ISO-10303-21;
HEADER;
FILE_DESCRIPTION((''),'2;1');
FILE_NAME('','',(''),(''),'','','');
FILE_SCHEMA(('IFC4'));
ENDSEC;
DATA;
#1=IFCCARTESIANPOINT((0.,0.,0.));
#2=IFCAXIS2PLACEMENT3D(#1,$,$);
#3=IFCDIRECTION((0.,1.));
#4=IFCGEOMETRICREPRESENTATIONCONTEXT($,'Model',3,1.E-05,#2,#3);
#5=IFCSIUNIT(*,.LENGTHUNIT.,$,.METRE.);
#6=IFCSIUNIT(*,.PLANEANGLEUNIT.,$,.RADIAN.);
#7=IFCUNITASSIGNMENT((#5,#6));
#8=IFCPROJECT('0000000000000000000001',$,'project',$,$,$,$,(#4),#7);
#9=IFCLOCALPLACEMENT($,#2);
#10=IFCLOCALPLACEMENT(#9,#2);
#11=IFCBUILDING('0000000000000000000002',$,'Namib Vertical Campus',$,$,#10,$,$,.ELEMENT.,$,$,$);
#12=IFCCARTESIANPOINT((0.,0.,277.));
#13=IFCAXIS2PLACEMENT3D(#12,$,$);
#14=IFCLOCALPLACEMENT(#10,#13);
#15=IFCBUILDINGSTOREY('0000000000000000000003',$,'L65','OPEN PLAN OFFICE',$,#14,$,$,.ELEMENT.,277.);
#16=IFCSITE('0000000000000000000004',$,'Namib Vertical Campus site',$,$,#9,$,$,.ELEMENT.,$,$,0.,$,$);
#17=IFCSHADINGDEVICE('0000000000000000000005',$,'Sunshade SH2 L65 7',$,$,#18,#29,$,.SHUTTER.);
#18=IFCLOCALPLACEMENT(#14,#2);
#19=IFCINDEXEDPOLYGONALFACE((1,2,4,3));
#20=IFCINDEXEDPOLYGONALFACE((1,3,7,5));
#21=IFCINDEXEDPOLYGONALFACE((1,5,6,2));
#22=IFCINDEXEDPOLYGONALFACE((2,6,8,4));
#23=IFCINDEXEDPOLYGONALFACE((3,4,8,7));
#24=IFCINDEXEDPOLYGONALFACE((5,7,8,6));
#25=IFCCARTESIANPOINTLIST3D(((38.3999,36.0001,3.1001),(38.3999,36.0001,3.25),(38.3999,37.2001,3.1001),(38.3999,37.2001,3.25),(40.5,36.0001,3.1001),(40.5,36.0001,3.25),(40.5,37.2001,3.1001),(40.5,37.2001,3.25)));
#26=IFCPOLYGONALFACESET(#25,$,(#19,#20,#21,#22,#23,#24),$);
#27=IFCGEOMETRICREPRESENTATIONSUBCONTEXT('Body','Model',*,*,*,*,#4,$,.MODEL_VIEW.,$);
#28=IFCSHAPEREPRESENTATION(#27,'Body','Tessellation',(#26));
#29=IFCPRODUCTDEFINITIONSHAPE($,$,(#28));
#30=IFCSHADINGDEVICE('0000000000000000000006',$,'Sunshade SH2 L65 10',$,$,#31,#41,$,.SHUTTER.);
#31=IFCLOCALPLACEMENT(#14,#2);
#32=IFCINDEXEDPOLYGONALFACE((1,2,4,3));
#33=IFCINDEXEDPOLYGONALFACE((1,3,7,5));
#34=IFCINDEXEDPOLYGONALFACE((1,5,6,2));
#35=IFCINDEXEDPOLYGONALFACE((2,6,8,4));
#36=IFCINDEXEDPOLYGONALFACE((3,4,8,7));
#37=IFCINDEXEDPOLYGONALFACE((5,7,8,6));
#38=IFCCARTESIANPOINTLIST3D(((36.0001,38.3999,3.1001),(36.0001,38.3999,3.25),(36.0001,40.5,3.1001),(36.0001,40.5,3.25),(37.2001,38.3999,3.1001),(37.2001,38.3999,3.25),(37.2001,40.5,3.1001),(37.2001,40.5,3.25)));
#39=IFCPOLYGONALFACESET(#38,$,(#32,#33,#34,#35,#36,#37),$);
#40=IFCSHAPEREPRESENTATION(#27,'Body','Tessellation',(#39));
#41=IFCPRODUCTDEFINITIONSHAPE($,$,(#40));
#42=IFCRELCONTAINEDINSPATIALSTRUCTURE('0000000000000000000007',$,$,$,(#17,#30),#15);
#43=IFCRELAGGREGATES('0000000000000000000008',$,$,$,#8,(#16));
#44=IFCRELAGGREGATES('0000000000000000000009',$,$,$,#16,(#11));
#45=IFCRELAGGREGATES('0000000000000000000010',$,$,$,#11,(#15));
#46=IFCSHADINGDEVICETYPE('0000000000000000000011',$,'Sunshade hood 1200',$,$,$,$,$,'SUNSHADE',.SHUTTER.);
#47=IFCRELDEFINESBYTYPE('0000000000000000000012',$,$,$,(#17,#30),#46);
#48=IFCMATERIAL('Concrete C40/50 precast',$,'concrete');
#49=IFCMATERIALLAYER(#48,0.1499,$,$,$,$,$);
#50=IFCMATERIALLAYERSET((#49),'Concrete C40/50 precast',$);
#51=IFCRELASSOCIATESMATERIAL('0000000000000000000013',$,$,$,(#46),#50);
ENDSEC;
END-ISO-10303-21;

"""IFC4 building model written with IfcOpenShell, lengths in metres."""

from ifc_helpers import new_model, si_unit, direction, frame, origin, origin_2d, place, context, subcontext, project, spatial, rectangle, extrude, material, layer, layer_set, type_object, element, save


model = new_model("IFC4")

# Units and contexts
model_context = context("Model", 3, precision=1e-05, world=origin(), true_north=direction((0.0, 1.0)))
body_context = subcontext(model_context, "Body", "Model", "MODEL_VIEW")
ifc_project = project(units=[si_unit("LENGTHUNIT", "METRE"), si_unit("PLANEANGLEUNIT", "RADIAN")], contexts=[model_context])

# Site, building, storey
site_placement = place(None, origin())
site = spatial("IfcSite", under=ifc_project, at=site_placement, Name="Namib Vertical Campus site", CompositionType="ELEMENT", RefElevation=0.0)
building_placement = place(site_placement, origin())
building = spatial("IfcBuilding", under=site, at=building_placement, Name="Namib Vertical Campus", CompositionType="ELEMENT")
storey_placement = place(building_placement, frame((0.0, 0.0, 277.0)))
storey = spatial("IfcBuildingStorey", under=building, at=storey_placement, Name="L65", Description="OPEN PLAN OFFICE", CompositionType="ELEMENT", Elevation=277.0)

# Shading devices
ifc_material_1 = material(Name="Concrete C40/50 precast", Category="concrete")
ifc_layer_1 = layer(ifc_material_1, 0.1499)
ifc_layer_set_1 = layer_set([ifc_layer_1], Name="Concrete C40/50 precast")
shading_device_type = type_object("IfcShadingDeviceType", Name="Sunshade hood 1200", ElementType="SUNSHADE", PredefinedType="SHUTTER", material=ifc_layer_set_1)
for number, where, z_axis, x_axis, name in (
    (1, (39.45, 36.6001, 3.1001), (0.0, 0.0, 1.0), (-1.0, 0.0, 0.0), "Sunshade SH2 L65 7"),
    (2, (36.6001, 39.45, 3.1001), (0.0, 0.0, 1.0), (0.0, 1.0, 0.0), "Sunshade SH2 L65 10"),
):
    element("IfcShadingDevice", number, at=place(storey_placement, frame(where, z_axis=z_axis, x_axis=x_axis)), inside=storey, type_object=shading_device_type, Name=name, PredefinedType="SHUTTER", context=body_context, shape_type="SweptSolid", body=[
        extrude(rectangle(XDim=2.1001, YDim=1.2, at=origin_2d()), origin(), (0.0, 0.0, 1.0), 0.1499),
    ])

save(model, "model.ifc")
